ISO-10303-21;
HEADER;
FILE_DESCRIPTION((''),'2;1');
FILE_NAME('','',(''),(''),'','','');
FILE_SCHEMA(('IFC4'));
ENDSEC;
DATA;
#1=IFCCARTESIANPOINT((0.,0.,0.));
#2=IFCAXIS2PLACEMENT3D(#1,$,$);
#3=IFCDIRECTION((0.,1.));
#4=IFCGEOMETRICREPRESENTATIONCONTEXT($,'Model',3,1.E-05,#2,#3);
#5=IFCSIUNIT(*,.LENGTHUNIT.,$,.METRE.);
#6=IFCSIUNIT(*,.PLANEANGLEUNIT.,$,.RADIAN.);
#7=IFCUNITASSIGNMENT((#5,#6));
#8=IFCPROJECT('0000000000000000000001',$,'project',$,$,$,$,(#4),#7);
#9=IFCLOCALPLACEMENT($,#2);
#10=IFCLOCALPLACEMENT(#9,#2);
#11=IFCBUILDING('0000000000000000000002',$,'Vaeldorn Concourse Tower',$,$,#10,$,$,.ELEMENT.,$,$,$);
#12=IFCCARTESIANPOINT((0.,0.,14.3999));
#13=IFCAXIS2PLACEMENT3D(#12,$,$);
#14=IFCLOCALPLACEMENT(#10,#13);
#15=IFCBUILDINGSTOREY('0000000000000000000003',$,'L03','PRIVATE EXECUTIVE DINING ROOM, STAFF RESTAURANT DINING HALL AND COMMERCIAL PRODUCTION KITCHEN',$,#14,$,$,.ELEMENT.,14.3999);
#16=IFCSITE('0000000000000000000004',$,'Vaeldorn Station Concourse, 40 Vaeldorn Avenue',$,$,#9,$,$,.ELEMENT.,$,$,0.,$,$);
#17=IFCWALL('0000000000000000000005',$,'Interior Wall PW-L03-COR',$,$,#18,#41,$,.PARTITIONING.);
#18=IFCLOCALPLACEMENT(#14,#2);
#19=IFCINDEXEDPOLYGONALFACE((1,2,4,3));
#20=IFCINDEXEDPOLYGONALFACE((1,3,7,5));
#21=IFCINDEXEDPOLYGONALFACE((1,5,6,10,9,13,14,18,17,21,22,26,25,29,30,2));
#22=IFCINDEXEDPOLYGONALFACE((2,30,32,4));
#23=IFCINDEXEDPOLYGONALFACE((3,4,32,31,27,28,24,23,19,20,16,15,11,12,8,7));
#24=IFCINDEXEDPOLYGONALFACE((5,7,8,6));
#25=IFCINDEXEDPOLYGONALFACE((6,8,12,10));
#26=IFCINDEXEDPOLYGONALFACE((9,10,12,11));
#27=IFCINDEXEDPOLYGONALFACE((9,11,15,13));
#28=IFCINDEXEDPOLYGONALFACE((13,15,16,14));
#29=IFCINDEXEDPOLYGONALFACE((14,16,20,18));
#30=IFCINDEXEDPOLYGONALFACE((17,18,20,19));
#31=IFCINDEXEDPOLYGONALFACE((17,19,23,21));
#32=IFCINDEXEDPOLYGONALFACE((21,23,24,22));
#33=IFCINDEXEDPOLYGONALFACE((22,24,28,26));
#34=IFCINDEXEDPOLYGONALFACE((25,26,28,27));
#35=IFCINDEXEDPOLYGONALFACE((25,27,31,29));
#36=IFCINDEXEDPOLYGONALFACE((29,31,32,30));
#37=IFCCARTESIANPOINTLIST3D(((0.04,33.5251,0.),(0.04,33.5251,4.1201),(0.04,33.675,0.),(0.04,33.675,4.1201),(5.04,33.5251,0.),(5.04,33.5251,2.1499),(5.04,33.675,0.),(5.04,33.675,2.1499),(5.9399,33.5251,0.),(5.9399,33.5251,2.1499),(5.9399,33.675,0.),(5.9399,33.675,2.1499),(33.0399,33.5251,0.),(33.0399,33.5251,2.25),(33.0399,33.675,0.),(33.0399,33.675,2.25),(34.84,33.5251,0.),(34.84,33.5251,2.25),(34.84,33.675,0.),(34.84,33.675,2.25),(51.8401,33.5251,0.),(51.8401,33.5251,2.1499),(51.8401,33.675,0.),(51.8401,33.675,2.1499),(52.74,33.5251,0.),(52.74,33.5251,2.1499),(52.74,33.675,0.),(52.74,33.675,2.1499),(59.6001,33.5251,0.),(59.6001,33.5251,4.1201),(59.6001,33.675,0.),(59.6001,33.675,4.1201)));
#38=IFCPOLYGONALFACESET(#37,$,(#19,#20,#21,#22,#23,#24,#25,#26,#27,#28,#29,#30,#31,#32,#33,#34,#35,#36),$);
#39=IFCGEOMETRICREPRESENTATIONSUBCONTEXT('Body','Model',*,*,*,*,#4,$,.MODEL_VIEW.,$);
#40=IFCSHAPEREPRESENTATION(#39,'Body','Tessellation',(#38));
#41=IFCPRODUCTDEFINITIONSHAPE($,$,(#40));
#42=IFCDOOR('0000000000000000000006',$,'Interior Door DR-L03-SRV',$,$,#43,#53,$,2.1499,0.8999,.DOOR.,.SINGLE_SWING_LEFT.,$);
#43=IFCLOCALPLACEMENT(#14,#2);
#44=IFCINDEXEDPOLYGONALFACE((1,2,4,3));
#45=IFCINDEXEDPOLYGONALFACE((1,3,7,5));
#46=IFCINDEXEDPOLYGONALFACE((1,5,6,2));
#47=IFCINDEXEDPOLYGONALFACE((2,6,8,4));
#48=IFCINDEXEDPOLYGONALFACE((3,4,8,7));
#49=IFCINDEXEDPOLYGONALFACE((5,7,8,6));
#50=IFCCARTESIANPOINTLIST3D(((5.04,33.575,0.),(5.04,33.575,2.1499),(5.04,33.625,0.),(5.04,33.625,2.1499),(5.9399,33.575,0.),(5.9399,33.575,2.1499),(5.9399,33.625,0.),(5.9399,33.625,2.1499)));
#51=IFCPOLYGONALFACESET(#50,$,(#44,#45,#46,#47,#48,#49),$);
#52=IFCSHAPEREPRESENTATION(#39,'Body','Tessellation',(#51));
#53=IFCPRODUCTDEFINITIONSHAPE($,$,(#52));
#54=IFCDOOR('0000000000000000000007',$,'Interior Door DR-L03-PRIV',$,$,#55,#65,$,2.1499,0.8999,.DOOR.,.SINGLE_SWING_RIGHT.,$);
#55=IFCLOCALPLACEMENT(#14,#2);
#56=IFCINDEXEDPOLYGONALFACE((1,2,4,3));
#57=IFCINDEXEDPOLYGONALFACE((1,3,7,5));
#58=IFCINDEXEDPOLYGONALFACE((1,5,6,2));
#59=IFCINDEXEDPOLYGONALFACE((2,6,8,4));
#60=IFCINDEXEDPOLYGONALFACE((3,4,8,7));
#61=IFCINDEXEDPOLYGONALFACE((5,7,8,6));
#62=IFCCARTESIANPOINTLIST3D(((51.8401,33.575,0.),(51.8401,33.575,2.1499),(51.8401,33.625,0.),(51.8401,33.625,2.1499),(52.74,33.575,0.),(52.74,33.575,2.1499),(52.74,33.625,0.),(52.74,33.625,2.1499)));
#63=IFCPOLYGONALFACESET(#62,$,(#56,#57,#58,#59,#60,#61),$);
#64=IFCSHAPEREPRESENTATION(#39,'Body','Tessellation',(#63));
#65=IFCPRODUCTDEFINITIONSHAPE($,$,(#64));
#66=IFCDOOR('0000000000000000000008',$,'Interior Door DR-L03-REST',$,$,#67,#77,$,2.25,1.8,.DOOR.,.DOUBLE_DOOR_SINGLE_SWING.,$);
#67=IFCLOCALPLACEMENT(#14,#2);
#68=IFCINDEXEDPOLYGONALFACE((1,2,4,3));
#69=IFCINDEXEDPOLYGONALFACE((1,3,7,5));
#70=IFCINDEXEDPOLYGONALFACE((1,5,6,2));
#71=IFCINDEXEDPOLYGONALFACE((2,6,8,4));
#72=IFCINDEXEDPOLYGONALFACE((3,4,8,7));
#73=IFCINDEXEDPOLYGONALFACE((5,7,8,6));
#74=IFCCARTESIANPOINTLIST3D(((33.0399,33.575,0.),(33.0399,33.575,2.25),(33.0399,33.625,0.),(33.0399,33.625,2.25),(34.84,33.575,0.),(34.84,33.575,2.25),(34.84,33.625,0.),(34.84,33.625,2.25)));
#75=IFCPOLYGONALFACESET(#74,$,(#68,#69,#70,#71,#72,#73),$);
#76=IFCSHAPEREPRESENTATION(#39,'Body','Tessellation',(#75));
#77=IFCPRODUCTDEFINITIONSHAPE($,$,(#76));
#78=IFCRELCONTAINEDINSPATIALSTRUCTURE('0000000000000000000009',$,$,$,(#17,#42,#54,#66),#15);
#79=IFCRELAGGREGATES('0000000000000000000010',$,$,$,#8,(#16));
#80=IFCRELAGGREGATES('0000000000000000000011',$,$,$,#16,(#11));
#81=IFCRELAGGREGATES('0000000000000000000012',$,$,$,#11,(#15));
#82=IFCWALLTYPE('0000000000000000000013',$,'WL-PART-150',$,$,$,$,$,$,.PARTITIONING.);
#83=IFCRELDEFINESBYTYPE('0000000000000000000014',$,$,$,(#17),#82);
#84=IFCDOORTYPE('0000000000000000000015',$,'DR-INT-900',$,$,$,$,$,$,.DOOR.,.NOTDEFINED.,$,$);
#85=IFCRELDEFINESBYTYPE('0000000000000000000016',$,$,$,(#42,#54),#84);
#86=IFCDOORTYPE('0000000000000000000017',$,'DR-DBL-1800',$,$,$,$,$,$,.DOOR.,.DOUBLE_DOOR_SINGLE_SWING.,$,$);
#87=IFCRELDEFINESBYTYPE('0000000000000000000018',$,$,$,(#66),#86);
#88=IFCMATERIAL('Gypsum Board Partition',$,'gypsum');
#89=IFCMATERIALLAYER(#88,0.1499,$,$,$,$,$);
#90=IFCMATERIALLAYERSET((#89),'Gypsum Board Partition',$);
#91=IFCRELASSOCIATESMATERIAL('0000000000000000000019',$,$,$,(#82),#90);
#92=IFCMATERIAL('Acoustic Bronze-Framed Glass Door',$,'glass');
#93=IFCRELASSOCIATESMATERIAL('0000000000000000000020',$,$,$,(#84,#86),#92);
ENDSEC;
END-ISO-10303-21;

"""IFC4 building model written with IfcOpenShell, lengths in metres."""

from ifc_helpers import new_model, si_unit, direction, frame, frame_2d, origin, place, context, subcontext, project, spatial, rectangle, extrude, source, transform, mapped, material, layer, layer_set, type_object, element, fill, save


model = new_model("IFC4")

# Units and contexts
model_context = context("Model", 3, precision=1e-05, world=origin(), true_north=direction((0.0, 1.0)))
body_context = subcontext(model_context, "Body", "Model", "MODEL_VIEW")
ifc_project = project(units=[si_unit("LENGTHUNIT", "METRE"), si_unit("PLANEANGLEUNIT", "RADIAN")], contexts=[model_context])

# Site, building, storey
site_placement = place(None, origin())
site = spatial("IfcSite", under=ifc_project, at=site_placement, Name="Vaeldorn Station Concourse, 40 Vaeldorn Avenue", CompositionType="ELEMENT", RefElevation=0.0)
building_placement = place(site_placement, origin())
building = spatial("IfcBuilding", under=site, at=building_placement, Name="Vaeldorn Concourse Tower", CompositionType="ELEMENT")
storey_placement = place(building_placement, frame((0.0, 0.0, 14.3999)))
storey = spatial("IfcBuildingStorey", under=building, at=storey_placement, Name="L03", Description="PRIVATE EXECUTIVE DINING ROOM, STAFF RESTAURANT DINING HALL AND COMMERCIAL PRODUCTION KITCHEN", CompositionType="ELEMENT", Elevation=14.3999)

# Wall, openings, doors
ifc_material_1 = material(Name="Gypsum Board Partition", Category="gypsum")
ifc_layer_1 = layer(ifc_material_1, 0.1499)
ifc_layer_set_1 = layer_set([ifc_layer_1], Name="Gypsum Board Partition")
wall_type_1 = type_object("IfcWallType", Name="WL-PART-150", PredefinedType="PARTITIONING", material=ifc_layer_set_1)
wall_1_placement = place(storey_placement, frame((0.04, 33.6001, 0.0), z_axis=(0.0, 0.0, 1.0), x_axis=(1.0, 0.0, 0.0)))
wall_1 = element("IfcWall", 1, at=wall_1_placement, inside=storey, type_object=wall_type_1, Name="Interior Wall PW-L03-COR", PredefinedType="PARTITIONING", context=body_context, shape_type="SweptSolid", body=[
    extrude(rectangle(XDim=59.5601, YDim=0.1499, at=frame_2d((29.78, 0.0))), origin(), (0.0, 0.0, 1.0), 4.1201),
])
opening_1_placement = place(wall_1_placement, frame((5.0, 0.0, 0.0)))
opening_1 = element("IfcOpeningElement", 2, at=opening_1_placement, cuts=wall_1, PredefinedType="OPENING", context=body_context, shape_type="SweptSolid", body=[
    extrude(rectangle(XDim=0.8999, YDim=2.1499, at=frame_2d((0.45, 1.075))), frame((0.0, 0.085, 0.0), z_axis=(0.0, -1.0, 0.0), x_axis=(1.0, 0.0, 0.0)), (0.0, 0.0, 1.0), 0.1699),
])
opening_2_placement = place(wall_1_placement, frame((33.0, 0.0, 0.0)))
opening_2 = element("IfcOpeningElement", 3, at=opening_2_placement, cuts=wall_1, PredefinedType="OPENING", context=body_context, shape_type="SweptSolid", body=[
    extrude(rectangle(XDim=1.8, YDim=2.25, at=frame_2d((0.8999, 1.125))), frame((0.0, 0.085, 0.0), z_axis=(0.0, -1.0, 0.0), x_axis=(1.0, 0.0, 0.0)), (0.0, 0.0, 1.0), 0.1699),
])
opening_3_placement = place(wall_1_placement, frame((51.8, 0.0, 0.0)))
opening_3 = element("IfcOpeningElement", 4, at=opening_3_placement, cuts=wall_1, PredefinedType="OPENING", context=body_context, shape_type="SweptSolid", body=[
    extrude(rectangle(XDim=0.8999, YDim=2.1499, at=frame_2d((0.45, 1.075))), frame((0.0, 0.085, 0.0), z_axis=(0.0, -1.0, 0.0), x_axis=(1.0, 0.0, 0.0)), (0.0, 0.0, 1.0), 0.1699),
])
ifc_material_2 = material(Name="Acoustic Bronze-Framed Glass Door", Category="glass")
door_type_1 = type_object("IfcDoorType", Name="DR-INT-900", OperationType="NOTDEFINED", PredefinedType="DOOR", material=ifc_material_2)
shared_shape_1 = source(origin(), body_context, "Body", "SweptSolid", [
    extrude(rectangle(XDim=0.8999, YDim=2.1499, at=frame_2d((0.45, 1.075))), frame((0.0, 0.0249, 0.0), z_axis=(0.0, -1.0, 0.0), x_axis=(1.0, 0.0, 0.0)), (0.0, 0.0, 1.0), 0.05),
])
door_1_placement = place(opening_1_placement, origin())
door_1 = element("IfcDoor", 5, at=door_1_placement, inside=storey, type_object=door_type_1, Name="Interior Door DR-L03-SRV", OperationType="SINGLE_SWING_LEFT", OverallHeight=2.1499, OverallWidth=0.8999, PredefinedType="DOOR", context=body_context, shape_type="MappedRepresentation", body=[
    mapped(shared_shape_1, transform((0.0, 0.0, 0.0), scale=1.0)),
])
fill(opening_1, door_1)
door_2_placement = place(opening_3_placement, origin())
door_2 = element("IfcDoor", 6, at=door_2_placement, inside=storey, type_object=door_type_1, Name="Interior Door DR-L03-PRIV", OperationType="SINGLE_SWING_RIGHT", OverallHeight=2.1499, OverallWidth=0.8999, PredefinedType="DOOR", context=body_context, shape_type="MappedRepresentation", body=[
    mapped(shared_shape_1, transform((0.0, 0.0, 0.0), scale=1.0)),
])
fill(opening_3, door_2)
door_type_2 = type_object("IfcDoorType", Name="DR-DBL-1800", OperationType="DOUBLE_DOOR_SINGLE_SWING", PredefinedType="DOOR", material=ifc_material_2)
shared_shape_2 = source(origin(), body_context, "Body", "SweptSolid", [
    extrude(rectangle(XDim=1.8, YDim=2.25, at=frame_2d((0.8999, 1.125))), frame((0.0, 0.0249, 0.0), z_axis=(0.0, -1.0, 0.0), x_axis=(1.0, 0.0, 0.0)), (0.0, 0.0, 1.0), 0.05),
])
door_3_placement = place(opening_2_placement, origin())
door_3 = element("IfcDoor", 7, at=door_3_placement, inside=storey, type_object=door_type_2, Name="Interior Door DR-L03-REST", OperationType="DOUBLE_DOOR_SINGLE_SWING", OverallHeight=2.25, OverallWidth=1.8, PredefinedType="DOOR", context=body_context, shape_type="MappedRepresentation", body=[
    mapped(shared_shape_2, transform((0.0, 0.0, 0.0), scale=1.0)),
])
fill(opening_2, door_3)

save(model, "model.ifc")
